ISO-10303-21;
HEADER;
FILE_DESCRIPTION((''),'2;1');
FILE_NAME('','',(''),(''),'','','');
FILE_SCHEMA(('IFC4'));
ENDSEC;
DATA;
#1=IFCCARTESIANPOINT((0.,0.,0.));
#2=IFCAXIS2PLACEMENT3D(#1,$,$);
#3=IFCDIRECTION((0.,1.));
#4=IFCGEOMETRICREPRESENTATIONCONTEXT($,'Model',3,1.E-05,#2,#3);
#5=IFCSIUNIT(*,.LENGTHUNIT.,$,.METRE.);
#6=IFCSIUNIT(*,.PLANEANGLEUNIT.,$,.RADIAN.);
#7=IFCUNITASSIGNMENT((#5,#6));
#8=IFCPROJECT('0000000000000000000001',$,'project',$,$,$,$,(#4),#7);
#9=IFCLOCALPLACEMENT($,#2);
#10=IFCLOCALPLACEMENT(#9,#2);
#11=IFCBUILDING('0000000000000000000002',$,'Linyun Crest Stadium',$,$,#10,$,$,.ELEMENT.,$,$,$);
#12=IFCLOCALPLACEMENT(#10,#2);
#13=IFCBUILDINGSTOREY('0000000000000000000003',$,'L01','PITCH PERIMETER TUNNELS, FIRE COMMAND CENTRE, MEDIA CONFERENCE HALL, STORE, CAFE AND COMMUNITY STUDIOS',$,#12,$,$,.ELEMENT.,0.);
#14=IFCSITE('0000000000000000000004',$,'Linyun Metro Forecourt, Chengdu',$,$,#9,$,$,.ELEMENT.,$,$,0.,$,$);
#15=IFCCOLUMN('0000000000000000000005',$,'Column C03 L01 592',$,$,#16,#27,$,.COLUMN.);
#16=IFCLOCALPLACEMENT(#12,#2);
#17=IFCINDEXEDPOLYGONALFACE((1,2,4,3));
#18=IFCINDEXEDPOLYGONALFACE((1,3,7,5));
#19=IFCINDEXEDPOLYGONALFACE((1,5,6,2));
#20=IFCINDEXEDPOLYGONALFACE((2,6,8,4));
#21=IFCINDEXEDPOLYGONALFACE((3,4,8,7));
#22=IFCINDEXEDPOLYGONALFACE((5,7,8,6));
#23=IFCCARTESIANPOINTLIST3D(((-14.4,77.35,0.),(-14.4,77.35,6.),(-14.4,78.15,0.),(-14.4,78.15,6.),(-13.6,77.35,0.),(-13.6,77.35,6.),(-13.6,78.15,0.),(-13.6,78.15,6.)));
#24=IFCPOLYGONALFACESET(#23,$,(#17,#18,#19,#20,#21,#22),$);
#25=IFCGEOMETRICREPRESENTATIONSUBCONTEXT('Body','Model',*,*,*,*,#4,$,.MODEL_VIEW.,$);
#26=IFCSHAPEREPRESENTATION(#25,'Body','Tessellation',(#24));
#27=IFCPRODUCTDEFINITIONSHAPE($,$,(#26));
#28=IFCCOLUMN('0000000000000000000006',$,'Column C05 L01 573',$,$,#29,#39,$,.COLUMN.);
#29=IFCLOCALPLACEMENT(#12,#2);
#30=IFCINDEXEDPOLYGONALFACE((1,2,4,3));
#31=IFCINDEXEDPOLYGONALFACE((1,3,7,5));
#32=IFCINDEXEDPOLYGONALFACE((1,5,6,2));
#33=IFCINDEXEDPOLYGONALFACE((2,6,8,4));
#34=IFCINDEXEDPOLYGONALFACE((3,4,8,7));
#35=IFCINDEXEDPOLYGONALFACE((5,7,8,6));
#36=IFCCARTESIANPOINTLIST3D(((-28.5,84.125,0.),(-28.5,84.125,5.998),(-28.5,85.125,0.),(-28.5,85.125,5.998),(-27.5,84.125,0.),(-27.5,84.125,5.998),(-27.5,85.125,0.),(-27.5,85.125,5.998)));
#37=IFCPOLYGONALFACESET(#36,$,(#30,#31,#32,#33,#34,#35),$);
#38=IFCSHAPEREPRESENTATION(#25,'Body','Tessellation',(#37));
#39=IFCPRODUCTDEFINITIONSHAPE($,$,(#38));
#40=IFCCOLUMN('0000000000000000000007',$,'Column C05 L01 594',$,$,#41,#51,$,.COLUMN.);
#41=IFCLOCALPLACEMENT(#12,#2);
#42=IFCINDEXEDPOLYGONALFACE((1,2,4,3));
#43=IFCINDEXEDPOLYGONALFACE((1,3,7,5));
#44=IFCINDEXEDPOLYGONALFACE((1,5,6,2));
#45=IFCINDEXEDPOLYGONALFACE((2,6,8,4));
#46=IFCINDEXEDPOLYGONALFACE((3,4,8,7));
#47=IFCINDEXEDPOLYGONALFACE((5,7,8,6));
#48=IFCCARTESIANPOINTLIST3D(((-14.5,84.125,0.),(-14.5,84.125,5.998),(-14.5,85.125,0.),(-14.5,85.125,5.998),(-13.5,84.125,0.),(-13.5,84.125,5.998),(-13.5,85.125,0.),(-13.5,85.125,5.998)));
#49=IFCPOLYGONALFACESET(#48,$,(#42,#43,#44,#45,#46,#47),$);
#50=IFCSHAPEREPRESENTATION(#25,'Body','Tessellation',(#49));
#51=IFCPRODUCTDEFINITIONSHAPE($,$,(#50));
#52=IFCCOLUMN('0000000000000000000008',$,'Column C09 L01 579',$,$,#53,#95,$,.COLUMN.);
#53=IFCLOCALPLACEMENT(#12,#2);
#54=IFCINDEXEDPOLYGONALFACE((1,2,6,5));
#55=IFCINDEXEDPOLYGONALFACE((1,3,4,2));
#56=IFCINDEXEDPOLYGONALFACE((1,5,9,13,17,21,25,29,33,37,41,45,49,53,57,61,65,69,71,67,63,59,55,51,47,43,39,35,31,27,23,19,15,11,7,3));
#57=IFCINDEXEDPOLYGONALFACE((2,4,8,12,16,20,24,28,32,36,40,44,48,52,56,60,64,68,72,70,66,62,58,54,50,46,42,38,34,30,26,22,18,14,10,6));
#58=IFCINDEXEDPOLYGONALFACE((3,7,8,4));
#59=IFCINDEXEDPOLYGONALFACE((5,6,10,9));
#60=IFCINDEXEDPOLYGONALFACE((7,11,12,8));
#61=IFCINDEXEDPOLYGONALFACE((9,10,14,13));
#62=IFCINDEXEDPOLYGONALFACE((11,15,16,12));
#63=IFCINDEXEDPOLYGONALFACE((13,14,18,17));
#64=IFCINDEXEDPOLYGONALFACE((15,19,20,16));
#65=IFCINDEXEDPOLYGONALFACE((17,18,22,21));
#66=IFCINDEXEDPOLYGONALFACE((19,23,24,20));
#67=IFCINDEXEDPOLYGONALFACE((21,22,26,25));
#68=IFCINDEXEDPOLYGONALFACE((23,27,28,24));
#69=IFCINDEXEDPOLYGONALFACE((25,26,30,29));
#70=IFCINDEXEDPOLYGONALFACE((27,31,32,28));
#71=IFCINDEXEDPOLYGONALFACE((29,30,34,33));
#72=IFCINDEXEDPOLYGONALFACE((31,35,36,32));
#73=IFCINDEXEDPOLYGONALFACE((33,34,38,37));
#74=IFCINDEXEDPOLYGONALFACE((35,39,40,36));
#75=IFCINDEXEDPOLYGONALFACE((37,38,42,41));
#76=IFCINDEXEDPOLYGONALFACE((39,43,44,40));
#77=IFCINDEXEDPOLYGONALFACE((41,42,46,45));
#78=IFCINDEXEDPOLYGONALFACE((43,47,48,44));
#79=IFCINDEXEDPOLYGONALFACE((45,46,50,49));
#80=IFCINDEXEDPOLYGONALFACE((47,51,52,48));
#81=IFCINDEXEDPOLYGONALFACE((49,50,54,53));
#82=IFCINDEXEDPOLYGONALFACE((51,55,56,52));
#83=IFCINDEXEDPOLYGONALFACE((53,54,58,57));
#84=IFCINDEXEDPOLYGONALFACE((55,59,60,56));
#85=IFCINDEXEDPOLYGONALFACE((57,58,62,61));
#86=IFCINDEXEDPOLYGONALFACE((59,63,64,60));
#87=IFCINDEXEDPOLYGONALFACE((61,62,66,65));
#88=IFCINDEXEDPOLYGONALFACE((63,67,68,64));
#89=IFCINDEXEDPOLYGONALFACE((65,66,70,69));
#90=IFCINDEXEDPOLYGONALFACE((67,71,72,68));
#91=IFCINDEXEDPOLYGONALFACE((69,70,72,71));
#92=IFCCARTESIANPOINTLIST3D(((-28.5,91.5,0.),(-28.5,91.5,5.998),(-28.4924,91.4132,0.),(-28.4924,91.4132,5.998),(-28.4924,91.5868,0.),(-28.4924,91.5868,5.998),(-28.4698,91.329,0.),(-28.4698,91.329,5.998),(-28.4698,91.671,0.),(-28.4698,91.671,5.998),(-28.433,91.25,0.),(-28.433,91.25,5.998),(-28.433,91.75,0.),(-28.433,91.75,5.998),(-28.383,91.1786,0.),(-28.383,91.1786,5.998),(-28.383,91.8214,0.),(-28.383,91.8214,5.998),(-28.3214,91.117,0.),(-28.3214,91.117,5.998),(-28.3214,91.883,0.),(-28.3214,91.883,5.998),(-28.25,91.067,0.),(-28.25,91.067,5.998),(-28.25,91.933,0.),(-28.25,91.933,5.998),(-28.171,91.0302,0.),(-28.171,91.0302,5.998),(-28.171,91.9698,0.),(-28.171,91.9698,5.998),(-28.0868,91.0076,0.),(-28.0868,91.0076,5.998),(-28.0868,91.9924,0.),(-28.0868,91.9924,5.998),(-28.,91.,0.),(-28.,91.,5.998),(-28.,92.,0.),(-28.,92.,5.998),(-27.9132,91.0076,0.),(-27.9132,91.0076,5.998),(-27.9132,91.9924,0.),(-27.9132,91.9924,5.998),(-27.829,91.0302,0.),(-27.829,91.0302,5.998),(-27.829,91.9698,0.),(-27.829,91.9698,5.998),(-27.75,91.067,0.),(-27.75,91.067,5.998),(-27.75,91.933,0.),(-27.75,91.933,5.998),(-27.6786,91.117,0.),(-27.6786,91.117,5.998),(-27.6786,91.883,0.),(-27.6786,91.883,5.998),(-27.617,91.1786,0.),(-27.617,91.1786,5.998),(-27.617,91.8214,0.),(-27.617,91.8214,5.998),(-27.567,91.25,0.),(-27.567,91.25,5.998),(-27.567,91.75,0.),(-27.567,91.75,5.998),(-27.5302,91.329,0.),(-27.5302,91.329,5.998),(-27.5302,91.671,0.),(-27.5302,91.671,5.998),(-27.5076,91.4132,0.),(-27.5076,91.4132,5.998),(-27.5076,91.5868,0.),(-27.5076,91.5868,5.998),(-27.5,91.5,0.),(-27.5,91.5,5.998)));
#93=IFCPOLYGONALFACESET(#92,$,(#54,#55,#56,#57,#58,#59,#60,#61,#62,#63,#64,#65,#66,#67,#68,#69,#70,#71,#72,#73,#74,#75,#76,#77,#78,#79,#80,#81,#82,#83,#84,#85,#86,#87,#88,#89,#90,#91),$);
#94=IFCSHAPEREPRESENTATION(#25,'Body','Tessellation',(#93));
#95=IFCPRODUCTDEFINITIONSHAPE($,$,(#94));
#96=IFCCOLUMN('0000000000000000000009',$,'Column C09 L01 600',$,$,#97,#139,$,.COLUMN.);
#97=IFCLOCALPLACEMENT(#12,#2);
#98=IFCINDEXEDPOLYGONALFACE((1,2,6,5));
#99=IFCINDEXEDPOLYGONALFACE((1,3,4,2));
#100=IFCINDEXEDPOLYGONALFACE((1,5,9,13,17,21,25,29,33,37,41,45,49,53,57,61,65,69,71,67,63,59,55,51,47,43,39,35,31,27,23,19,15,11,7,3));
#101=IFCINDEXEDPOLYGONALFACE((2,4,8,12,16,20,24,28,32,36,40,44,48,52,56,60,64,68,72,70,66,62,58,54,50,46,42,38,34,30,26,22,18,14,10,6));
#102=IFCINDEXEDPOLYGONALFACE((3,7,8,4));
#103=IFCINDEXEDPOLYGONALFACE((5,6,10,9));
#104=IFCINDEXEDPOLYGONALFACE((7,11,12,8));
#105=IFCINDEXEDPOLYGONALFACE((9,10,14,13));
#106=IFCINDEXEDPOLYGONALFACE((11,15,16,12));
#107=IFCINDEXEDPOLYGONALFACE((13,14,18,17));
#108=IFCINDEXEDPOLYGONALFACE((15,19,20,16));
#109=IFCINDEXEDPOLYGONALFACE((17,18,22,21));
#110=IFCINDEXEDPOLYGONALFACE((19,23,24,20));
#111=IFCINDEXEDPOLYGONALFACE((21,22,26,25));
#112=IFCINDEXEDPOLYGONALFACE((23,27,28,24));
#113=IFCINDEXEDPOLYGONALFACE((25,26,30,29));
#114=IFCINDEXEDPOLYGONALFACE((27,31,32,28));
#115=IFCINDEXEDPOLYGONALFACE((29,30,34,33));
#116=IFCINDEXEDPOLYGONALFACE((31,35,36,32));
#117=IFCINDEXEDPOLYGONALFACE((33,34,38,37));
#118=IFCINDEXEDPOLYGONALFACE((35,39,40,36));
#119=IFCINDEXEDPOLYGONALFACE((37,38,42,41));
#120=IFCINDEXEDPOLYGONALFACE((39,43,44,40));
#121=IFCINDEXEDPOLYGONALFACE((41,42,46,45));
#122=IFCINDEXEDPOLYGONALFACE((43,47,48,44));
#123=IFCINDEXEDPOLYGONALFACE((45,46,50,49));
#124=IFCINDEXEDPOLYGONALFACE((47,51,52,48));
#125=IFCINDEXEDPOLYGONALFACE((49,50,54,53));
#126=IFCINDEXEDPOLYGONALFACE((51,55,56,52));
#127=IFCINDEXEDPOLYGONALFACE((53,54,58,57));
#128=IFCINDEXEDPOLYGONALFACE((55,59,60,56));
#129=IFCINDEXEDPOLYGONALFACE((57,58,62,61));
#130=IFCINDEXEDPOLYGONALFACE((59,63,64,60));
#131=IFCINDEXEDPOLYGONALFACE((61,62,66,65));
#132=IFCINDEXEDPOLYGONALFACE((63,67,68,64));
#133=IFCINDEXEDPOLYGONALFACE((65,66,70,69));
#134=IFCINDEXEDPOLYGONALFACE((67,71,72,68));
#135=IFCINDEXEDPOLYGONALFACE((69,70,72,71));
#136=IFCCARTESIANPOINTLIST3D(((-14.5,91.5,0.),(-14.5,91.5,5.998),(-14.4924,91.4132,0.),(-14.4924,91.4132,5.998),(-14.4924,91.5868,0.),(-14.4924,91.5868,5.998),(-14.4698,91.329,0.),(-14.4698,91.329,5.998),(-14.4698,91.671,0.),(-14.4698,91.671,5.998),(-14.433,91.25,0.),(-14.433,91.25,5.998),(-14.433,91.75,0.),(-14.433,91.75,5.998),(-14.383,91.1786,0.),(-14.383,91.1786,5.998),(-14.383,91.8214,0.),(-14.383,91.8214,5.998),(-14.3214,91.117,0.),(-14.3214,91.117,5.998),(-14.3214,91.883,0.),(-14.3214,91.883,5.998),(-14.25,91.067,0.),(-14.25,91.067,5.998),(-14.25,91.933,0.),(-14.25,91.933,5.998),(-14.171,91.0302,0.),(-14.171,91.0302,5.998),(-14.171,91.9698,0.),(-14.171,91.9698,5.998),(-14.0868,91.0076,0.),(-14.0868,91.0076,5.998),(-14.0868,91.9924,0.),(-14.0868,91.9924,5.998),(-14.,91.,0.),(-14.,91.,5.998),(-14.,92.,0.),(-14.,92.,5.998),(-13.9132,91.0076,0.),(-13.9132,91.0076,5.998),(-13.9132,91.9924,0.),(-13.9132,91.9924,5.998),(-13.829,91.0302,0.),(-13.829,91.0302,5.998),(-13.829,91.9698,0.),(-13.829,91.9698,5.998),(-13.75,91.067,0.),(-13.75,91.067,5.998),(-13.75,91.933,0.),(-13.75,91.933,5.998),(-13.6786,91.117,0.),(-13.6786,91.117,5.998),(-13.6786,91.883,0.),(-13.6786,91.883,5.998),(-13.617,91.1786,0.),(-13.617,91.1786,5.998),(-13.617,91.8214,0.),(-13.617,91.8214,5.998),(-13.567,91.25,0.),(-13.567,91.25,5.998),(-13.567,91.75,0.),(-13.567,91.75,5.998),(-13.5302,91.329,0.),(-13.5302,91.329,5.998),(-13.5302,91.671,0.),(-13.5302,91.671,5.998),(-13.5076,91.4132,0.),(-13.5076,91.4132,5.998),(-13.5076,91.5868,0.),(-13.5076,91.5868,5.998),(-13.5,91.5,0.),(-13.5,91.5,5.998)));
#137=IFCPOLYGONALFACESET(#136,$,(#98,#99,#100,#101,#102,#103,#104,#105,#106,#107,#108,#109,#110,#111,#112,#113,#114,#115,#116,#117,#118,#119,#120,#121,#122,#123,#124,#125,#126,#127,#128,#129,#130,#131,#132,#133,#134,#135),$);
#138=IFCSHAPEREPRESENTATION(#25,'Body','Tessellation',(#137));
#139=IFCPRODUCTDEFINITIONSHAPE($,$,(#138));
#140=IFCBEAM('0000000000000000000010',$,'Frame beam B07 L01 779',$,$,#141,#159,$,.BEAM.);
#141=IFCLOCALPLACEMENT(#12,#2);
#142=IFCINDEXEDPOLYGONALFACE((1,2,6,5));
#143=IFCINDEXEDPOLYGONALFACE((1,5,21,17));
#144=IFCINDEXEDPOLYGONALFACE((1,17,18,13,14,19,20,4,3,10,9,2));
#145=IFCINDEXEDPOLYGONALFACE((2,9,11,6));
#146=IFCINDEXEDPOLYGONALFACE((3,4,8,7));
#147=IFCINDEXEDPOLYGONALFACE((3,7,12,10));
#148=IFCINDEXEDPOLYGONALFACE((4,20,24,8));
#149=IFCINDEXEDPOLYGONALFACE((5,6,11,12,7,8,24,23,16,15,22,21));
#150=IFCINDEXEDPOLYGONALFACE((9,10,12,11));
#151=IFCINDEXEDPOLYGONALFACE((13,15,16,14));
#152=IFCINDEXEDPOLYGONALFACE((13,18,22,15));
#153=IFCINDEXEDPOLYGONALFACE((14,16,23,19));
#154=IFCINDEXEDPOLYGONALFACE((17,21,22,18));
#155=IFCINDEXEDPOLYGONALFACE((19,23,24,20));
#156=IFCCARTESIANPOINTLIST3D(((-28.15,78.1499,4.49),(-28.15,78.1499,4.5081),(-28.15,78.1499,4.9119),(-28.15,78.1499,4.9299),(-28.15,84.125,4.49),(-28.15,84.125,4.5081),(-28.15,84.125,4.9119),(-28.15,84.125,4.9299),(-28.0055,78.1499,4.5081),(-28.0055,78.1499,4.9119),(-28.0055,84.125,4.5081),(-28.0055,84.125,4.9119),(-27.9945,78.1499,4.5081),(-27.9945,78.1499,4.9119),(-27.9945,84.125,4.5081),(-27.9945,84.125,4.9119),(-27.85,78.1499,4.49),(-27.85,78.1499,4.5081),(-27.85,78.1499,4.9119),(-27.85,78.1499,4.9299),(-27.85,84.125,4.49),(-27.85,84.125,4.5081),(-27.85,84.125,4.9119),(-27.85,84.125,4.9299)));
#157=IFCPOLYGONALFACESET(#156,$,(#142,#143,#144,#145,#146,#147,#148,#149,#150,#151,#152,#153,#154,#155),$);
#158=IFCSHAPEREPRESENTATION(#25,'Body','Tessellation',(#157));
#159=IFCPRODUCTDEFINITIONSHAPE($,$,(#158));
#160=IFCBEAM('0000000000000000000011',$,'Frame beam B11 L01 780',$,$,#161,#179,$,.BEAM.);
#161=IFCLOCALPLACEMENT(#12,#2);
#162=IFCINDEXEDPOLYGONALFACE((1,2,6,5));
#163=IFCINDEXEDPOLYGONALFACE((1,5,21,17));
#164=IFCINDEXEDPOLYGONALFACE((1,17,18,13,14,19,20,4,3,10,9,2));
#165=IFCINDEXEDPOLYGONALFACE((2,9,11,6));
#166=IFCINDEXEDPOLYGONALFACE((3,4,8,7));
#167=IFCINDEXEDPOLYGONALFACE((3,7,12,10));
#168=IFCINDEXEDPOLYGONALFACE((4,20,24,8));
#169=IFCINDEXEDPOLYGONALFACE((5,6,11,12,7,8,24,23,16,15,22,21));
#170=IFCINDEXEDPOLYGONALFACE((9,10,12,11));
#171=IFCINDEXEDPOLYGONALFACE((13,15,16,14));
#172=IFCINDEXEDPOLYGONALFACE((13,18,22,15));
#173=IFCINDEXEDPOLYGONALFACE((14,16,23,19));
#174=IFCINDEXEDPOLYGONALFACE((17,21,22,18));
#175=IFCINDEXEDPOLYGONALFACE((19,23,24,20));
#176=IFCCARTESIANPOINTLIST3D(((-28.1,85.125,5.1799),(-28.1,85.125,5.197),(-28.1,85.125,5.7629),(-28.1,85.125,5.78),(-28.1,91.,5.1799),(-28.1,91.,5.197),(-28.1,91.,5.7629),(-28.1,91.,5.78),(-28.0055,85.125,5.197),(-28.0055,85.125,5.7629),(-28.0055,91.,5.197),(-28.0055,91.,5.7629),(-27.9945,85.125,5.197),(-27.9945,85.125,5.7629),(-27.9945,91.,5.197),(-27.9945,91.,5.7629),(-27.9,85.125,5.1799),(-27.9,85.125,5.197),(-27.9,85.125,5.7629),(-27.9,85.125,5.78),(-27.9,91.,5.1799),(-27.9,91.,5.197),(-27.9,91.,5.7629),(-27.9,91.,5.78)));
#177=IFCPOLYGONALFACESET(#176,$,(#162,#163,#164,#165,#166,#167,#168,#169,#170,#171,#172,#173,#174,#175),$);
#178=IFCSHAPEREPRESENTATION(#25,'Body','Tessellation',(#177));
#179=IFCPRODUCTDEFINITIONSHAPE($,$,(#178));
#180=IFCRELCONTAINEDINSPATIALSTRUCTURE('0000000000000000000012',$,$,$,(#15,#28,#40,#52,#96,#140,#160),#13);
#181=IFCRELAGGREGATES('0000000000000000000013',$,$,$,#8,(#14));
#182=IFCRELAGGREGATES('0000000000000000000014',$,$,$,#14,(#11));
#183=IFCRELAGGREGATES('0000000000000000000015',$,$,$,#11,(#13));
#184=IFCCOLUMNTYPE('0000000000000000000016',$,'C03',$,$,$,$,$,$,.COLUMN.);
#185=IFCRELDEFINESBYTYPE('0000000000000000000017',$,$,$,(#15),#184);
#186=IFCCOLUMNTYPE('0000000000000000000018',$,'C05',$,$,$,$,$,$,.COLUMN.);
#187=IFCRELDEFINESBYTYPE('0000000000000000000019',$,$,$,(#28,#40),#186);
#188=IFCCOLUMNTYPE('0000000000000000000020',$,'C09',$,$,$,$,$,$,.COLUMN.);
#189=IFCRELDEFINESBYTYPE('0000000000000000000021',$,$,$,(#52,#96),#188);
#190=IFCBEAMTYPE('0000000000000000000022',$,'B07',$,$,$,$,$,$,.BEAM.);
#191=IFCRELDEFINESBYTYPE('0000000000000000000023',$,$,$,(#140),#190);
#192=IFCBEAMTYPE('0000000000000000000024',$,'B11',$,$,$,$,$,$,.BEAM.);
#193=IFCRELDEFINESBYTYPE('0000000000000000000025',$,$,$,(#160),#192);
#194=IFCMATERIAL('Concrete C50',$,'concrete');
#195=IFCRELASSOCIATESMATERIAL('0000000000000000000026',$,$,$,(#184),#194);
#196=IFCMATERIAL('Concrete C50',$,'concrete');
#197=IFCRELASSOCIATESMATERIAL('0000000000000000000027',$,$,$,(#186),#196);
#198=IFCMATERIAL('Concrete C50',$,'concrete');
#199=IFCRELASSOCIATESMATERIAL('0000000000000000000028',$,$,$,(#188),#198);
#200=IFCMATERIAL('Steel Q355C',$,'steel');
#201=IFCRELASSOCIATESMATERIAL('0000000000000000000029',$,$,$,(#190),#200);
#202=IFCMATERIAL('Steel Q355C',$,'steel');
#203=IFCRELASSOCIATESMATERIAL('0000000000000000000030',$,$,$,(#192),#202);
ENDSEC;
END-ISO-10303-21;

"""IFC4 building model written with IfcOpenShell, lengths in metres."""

from ifc_helpers import new_model, si_unit, direction, frame, origin, origin_2d, place, context, subcontext, project, spatial, rectangle, circle, i_section, extrude, material, material_profile, profile_set, type_object, element, save


model = new_model("IFC4")

# Units and contexts
model_context = context("Model", 3, precision=1e-05, world=origin(), true_north=direction((0.0, 1.0)))
body_context = subcontext(model_context, "Body", "Model", "MODEL_VIEW")
ifc_project = project(units=[si_unit("LENGTHUNIT", "METRE"), si_unit("PLANEANGLEUNIT", "RADIAN")], contexts=[model_context])

# Site, building, storey
site_placement = place(None, origin())
site = spatial("IfcSite", under=ifc_project, at=site_placement, Name="Linyun Metro Forecourt, Chengdu", CompositionType="ELEMENT", RefElevation=0.0)
building_placement = place(site_placement, origin())
building = spatial("IfcBuilding", under=site, at=building_placement, Name="Linyun Crest Stadium", CompositionType="ELEMENT")
storey_placement = place(building_placement, origin())
storey = spatial("IfcBuildingStorey", under=building, at=storey_placement, Name="L01", Description="PITCH PERIMETER TUNNELS, FIRE COMMAND CENTRE, MEDIA CONFERENCE HALL, STORE, CAFE AND COMMUNITY STUDIOS", CompositionType="ELEMENT", Elevation=0.0)

# Columns
ifc_material_1 = material(Name="Concrete C50", Category="concrete")
ifc_material_profile_1 = material_profile(ifc_material_1, rectangle(XDim=0.8, YDim=0.8, at=origin_2d()), Name="RC 800x800")
ifc_profile_set_1 = profile_set([ifc_material_profile_1], Name="Concrete C50")
column_type_1 = type_object("IfcColumnType", Name="C03", PredefinedType="COLUMN", material=ifc_profile_set_1)
column_placement = place(storey_placement, frame((-14.0, 77.75, 0.0), z_axis=(0.0, 0.0, 1.0), x_axis=(1.0, 0.0, 0.0)))
element("IfcColumn", 1, at=column_placement, inside=storey, type_object=column_type_1, Name="Column C03 L01 592", PredefinedType="COLUMN", context=body_context, shape_type="SweptSolid", body=[
    extrude(rectangle(XDim=0.8, YDim=0.8, at=origin_2d()), origin(), (0.0, 0.0, 1.0), 6.0),
])
ifc_material_2 = material(Name="Concrete C50", Category="concrete")
ifc_material_profile_2 = material_profile(ifc_material_2, rectangle(XDim=1.0, YDim=1.0, at=origin_2d()), Name="RC 1000x1000")
ifc_profile_set_2 = profile_set([ifc_material_profile_2], Name="Concrete C50")
column_type_2 = type_object("IfcColumnType", Name="C05", PredefinedType="COLUMN", material=ifc_profile_set_2)
for number, where, z_axis, x_axis, name in (
    (2, (-28.0, 84.625, 0.0), (0.0, 0.0, 1.0), (1.0, 0.0, 0.0), "Column C05 L01 573"),
    (3, (-14.0, 84.625, 0.0), (0.0, 0.0, 1.0), (1.0, 0.0, 0.0), "Column C05 L01 594"),
):
    element("IfcColumn", number, at=place(storey_placement, frame(where, z_axis=z_axis, x_axis=x_axis)), inside=storey, type_object=column_type_2, Name=name, PredefinedType="COLUMN", context=body_context, shape_type="SweptSolid", body=[
        extrude(rectangle(XDim=1.0, YDim=1.0, at=origin_2d()), origin(), (0.0, 0.0, 1.0), 5.998),
    ])
ifc_material_3 = material(Name="Concrete C50", Category="concrete")
ifc_material_profile_3 = material_profile(ifc_material_3, circle(Radius=0.5, at=origin_2d()), Name="RC D1000")
ifc_profile_set_3 = profile_set([ifc_material_profile_3], Name="Concrete C50")
column_type_3 = type_object("IfcColumnType", Name="C09", PredefinedType="COLUMN", material=ifc_profile_set_3)
for number, where, z_axis, x_axis, name in (
    (4, (-28.0, 91.5, 0.0), (0.0, 0.0, 1.0), (1.0, 0.0, 0.0), "Column C09 L01 579"),
    (5, (-14.0, 91.5, 0.0), (0.0, 0.0, 1.0), (1.0, 0.0, 0.0), "Column C09 L01 600"),
):
    element("IfcColumn", number, at=place(storey_placement, frame(where, z_axis=z_axis, x_axis=x_axis)), inside=storey, type_object=column_type_3, Name=name, PredefinedType="COLUMN", context=body_context, shape_type="SweptSolid", body=[
        extrude(circle(Radius=0.5, at=origin_2d()), origin(), (0.0, 0.0, 1.0), 5.998),
    ])

# Beams
ifc_material_4 = material(Name="Steel Q355C", Category="steel")
ifc_material_profile_4 = material_profile(ifc_material_4, i_section(OverallWidth=0.3, OverallDepth=0.4399, WebThickness=0.011, FlangeThickness=0.0181, at=origin_2d()), Name="HM 440x300")
ifc_profile_set_4 = profile_set([ifc_material_profile_4], Name="Steel Q355C")
beam_type_1 = type_object("IfcBeamType", Name="B07", PredefinedType="BEAM", material=ifc_profile_set_4)
beam_1_placement = place(storey_placement, frame((-28.0, 78.1499, 4.71), z_axis=(0.0, 1.0, 0.0), x_axis=(-1.0, 0.0, 0.0)))
element("IfcBeam", 6, at=beam_1_placement, inside=storey, type_object=beam_type_1, Name="Frame beam B07 L01 779", PredefinedType="BEAM", context=body_context, shape_type="SweptSolid", body=[
    extrude(i_section(OverallWidth=0.3, OverallDepth=0.4399, WebThickness=0.011, FlangeThickness=0.0181, at=origin_2d()), origin(), (0.0, 0.0, 1.0), 5.9751),
])
ifc_material_5 = material(Name="Steel Q355C", Category="steel")
ifc_material_profile_5 = material_profile(ifc_material_5, i_section(OverallWidth=0.2, OverallDepth=0.6001, WebThickness=0.011, FlangeThickness=0.0171, at=origin_2d()), Name="HN 600x200")
ifc_profile_set_5 = profile_set([ifc_material_profile_5], Name="Steel Q355C")
beam_type_2 = type_object("IfcBeamType", Name="B11", PredefinedType="BEAM", material=ifc_profile_set_5)
beam_2_placement = place(storey_placement, frame((-28.0, 85.125, 5.48), z_axis=(0.0, 1.0, 0.0), x_axis=(-1.0, 0.0, 0.0)))
element("IfcBeam", 7, at=beam_2_placement, inside=storey, type_object=beam_type_2, Name="Frame beam B11 L01 780", PredefinedType="BEAM", context=body_context, shape_type="SweptSolid", body=[
    extrude(i_section(OverallWidth=0.2, OverallDepth=0.6001, WebThickness=0.011, FlangeThickness=0.0171, at=origin_2d()), origin(), (0.0, 0.0, 1.0), 5.875),
])

save(model, "model.ifc")
